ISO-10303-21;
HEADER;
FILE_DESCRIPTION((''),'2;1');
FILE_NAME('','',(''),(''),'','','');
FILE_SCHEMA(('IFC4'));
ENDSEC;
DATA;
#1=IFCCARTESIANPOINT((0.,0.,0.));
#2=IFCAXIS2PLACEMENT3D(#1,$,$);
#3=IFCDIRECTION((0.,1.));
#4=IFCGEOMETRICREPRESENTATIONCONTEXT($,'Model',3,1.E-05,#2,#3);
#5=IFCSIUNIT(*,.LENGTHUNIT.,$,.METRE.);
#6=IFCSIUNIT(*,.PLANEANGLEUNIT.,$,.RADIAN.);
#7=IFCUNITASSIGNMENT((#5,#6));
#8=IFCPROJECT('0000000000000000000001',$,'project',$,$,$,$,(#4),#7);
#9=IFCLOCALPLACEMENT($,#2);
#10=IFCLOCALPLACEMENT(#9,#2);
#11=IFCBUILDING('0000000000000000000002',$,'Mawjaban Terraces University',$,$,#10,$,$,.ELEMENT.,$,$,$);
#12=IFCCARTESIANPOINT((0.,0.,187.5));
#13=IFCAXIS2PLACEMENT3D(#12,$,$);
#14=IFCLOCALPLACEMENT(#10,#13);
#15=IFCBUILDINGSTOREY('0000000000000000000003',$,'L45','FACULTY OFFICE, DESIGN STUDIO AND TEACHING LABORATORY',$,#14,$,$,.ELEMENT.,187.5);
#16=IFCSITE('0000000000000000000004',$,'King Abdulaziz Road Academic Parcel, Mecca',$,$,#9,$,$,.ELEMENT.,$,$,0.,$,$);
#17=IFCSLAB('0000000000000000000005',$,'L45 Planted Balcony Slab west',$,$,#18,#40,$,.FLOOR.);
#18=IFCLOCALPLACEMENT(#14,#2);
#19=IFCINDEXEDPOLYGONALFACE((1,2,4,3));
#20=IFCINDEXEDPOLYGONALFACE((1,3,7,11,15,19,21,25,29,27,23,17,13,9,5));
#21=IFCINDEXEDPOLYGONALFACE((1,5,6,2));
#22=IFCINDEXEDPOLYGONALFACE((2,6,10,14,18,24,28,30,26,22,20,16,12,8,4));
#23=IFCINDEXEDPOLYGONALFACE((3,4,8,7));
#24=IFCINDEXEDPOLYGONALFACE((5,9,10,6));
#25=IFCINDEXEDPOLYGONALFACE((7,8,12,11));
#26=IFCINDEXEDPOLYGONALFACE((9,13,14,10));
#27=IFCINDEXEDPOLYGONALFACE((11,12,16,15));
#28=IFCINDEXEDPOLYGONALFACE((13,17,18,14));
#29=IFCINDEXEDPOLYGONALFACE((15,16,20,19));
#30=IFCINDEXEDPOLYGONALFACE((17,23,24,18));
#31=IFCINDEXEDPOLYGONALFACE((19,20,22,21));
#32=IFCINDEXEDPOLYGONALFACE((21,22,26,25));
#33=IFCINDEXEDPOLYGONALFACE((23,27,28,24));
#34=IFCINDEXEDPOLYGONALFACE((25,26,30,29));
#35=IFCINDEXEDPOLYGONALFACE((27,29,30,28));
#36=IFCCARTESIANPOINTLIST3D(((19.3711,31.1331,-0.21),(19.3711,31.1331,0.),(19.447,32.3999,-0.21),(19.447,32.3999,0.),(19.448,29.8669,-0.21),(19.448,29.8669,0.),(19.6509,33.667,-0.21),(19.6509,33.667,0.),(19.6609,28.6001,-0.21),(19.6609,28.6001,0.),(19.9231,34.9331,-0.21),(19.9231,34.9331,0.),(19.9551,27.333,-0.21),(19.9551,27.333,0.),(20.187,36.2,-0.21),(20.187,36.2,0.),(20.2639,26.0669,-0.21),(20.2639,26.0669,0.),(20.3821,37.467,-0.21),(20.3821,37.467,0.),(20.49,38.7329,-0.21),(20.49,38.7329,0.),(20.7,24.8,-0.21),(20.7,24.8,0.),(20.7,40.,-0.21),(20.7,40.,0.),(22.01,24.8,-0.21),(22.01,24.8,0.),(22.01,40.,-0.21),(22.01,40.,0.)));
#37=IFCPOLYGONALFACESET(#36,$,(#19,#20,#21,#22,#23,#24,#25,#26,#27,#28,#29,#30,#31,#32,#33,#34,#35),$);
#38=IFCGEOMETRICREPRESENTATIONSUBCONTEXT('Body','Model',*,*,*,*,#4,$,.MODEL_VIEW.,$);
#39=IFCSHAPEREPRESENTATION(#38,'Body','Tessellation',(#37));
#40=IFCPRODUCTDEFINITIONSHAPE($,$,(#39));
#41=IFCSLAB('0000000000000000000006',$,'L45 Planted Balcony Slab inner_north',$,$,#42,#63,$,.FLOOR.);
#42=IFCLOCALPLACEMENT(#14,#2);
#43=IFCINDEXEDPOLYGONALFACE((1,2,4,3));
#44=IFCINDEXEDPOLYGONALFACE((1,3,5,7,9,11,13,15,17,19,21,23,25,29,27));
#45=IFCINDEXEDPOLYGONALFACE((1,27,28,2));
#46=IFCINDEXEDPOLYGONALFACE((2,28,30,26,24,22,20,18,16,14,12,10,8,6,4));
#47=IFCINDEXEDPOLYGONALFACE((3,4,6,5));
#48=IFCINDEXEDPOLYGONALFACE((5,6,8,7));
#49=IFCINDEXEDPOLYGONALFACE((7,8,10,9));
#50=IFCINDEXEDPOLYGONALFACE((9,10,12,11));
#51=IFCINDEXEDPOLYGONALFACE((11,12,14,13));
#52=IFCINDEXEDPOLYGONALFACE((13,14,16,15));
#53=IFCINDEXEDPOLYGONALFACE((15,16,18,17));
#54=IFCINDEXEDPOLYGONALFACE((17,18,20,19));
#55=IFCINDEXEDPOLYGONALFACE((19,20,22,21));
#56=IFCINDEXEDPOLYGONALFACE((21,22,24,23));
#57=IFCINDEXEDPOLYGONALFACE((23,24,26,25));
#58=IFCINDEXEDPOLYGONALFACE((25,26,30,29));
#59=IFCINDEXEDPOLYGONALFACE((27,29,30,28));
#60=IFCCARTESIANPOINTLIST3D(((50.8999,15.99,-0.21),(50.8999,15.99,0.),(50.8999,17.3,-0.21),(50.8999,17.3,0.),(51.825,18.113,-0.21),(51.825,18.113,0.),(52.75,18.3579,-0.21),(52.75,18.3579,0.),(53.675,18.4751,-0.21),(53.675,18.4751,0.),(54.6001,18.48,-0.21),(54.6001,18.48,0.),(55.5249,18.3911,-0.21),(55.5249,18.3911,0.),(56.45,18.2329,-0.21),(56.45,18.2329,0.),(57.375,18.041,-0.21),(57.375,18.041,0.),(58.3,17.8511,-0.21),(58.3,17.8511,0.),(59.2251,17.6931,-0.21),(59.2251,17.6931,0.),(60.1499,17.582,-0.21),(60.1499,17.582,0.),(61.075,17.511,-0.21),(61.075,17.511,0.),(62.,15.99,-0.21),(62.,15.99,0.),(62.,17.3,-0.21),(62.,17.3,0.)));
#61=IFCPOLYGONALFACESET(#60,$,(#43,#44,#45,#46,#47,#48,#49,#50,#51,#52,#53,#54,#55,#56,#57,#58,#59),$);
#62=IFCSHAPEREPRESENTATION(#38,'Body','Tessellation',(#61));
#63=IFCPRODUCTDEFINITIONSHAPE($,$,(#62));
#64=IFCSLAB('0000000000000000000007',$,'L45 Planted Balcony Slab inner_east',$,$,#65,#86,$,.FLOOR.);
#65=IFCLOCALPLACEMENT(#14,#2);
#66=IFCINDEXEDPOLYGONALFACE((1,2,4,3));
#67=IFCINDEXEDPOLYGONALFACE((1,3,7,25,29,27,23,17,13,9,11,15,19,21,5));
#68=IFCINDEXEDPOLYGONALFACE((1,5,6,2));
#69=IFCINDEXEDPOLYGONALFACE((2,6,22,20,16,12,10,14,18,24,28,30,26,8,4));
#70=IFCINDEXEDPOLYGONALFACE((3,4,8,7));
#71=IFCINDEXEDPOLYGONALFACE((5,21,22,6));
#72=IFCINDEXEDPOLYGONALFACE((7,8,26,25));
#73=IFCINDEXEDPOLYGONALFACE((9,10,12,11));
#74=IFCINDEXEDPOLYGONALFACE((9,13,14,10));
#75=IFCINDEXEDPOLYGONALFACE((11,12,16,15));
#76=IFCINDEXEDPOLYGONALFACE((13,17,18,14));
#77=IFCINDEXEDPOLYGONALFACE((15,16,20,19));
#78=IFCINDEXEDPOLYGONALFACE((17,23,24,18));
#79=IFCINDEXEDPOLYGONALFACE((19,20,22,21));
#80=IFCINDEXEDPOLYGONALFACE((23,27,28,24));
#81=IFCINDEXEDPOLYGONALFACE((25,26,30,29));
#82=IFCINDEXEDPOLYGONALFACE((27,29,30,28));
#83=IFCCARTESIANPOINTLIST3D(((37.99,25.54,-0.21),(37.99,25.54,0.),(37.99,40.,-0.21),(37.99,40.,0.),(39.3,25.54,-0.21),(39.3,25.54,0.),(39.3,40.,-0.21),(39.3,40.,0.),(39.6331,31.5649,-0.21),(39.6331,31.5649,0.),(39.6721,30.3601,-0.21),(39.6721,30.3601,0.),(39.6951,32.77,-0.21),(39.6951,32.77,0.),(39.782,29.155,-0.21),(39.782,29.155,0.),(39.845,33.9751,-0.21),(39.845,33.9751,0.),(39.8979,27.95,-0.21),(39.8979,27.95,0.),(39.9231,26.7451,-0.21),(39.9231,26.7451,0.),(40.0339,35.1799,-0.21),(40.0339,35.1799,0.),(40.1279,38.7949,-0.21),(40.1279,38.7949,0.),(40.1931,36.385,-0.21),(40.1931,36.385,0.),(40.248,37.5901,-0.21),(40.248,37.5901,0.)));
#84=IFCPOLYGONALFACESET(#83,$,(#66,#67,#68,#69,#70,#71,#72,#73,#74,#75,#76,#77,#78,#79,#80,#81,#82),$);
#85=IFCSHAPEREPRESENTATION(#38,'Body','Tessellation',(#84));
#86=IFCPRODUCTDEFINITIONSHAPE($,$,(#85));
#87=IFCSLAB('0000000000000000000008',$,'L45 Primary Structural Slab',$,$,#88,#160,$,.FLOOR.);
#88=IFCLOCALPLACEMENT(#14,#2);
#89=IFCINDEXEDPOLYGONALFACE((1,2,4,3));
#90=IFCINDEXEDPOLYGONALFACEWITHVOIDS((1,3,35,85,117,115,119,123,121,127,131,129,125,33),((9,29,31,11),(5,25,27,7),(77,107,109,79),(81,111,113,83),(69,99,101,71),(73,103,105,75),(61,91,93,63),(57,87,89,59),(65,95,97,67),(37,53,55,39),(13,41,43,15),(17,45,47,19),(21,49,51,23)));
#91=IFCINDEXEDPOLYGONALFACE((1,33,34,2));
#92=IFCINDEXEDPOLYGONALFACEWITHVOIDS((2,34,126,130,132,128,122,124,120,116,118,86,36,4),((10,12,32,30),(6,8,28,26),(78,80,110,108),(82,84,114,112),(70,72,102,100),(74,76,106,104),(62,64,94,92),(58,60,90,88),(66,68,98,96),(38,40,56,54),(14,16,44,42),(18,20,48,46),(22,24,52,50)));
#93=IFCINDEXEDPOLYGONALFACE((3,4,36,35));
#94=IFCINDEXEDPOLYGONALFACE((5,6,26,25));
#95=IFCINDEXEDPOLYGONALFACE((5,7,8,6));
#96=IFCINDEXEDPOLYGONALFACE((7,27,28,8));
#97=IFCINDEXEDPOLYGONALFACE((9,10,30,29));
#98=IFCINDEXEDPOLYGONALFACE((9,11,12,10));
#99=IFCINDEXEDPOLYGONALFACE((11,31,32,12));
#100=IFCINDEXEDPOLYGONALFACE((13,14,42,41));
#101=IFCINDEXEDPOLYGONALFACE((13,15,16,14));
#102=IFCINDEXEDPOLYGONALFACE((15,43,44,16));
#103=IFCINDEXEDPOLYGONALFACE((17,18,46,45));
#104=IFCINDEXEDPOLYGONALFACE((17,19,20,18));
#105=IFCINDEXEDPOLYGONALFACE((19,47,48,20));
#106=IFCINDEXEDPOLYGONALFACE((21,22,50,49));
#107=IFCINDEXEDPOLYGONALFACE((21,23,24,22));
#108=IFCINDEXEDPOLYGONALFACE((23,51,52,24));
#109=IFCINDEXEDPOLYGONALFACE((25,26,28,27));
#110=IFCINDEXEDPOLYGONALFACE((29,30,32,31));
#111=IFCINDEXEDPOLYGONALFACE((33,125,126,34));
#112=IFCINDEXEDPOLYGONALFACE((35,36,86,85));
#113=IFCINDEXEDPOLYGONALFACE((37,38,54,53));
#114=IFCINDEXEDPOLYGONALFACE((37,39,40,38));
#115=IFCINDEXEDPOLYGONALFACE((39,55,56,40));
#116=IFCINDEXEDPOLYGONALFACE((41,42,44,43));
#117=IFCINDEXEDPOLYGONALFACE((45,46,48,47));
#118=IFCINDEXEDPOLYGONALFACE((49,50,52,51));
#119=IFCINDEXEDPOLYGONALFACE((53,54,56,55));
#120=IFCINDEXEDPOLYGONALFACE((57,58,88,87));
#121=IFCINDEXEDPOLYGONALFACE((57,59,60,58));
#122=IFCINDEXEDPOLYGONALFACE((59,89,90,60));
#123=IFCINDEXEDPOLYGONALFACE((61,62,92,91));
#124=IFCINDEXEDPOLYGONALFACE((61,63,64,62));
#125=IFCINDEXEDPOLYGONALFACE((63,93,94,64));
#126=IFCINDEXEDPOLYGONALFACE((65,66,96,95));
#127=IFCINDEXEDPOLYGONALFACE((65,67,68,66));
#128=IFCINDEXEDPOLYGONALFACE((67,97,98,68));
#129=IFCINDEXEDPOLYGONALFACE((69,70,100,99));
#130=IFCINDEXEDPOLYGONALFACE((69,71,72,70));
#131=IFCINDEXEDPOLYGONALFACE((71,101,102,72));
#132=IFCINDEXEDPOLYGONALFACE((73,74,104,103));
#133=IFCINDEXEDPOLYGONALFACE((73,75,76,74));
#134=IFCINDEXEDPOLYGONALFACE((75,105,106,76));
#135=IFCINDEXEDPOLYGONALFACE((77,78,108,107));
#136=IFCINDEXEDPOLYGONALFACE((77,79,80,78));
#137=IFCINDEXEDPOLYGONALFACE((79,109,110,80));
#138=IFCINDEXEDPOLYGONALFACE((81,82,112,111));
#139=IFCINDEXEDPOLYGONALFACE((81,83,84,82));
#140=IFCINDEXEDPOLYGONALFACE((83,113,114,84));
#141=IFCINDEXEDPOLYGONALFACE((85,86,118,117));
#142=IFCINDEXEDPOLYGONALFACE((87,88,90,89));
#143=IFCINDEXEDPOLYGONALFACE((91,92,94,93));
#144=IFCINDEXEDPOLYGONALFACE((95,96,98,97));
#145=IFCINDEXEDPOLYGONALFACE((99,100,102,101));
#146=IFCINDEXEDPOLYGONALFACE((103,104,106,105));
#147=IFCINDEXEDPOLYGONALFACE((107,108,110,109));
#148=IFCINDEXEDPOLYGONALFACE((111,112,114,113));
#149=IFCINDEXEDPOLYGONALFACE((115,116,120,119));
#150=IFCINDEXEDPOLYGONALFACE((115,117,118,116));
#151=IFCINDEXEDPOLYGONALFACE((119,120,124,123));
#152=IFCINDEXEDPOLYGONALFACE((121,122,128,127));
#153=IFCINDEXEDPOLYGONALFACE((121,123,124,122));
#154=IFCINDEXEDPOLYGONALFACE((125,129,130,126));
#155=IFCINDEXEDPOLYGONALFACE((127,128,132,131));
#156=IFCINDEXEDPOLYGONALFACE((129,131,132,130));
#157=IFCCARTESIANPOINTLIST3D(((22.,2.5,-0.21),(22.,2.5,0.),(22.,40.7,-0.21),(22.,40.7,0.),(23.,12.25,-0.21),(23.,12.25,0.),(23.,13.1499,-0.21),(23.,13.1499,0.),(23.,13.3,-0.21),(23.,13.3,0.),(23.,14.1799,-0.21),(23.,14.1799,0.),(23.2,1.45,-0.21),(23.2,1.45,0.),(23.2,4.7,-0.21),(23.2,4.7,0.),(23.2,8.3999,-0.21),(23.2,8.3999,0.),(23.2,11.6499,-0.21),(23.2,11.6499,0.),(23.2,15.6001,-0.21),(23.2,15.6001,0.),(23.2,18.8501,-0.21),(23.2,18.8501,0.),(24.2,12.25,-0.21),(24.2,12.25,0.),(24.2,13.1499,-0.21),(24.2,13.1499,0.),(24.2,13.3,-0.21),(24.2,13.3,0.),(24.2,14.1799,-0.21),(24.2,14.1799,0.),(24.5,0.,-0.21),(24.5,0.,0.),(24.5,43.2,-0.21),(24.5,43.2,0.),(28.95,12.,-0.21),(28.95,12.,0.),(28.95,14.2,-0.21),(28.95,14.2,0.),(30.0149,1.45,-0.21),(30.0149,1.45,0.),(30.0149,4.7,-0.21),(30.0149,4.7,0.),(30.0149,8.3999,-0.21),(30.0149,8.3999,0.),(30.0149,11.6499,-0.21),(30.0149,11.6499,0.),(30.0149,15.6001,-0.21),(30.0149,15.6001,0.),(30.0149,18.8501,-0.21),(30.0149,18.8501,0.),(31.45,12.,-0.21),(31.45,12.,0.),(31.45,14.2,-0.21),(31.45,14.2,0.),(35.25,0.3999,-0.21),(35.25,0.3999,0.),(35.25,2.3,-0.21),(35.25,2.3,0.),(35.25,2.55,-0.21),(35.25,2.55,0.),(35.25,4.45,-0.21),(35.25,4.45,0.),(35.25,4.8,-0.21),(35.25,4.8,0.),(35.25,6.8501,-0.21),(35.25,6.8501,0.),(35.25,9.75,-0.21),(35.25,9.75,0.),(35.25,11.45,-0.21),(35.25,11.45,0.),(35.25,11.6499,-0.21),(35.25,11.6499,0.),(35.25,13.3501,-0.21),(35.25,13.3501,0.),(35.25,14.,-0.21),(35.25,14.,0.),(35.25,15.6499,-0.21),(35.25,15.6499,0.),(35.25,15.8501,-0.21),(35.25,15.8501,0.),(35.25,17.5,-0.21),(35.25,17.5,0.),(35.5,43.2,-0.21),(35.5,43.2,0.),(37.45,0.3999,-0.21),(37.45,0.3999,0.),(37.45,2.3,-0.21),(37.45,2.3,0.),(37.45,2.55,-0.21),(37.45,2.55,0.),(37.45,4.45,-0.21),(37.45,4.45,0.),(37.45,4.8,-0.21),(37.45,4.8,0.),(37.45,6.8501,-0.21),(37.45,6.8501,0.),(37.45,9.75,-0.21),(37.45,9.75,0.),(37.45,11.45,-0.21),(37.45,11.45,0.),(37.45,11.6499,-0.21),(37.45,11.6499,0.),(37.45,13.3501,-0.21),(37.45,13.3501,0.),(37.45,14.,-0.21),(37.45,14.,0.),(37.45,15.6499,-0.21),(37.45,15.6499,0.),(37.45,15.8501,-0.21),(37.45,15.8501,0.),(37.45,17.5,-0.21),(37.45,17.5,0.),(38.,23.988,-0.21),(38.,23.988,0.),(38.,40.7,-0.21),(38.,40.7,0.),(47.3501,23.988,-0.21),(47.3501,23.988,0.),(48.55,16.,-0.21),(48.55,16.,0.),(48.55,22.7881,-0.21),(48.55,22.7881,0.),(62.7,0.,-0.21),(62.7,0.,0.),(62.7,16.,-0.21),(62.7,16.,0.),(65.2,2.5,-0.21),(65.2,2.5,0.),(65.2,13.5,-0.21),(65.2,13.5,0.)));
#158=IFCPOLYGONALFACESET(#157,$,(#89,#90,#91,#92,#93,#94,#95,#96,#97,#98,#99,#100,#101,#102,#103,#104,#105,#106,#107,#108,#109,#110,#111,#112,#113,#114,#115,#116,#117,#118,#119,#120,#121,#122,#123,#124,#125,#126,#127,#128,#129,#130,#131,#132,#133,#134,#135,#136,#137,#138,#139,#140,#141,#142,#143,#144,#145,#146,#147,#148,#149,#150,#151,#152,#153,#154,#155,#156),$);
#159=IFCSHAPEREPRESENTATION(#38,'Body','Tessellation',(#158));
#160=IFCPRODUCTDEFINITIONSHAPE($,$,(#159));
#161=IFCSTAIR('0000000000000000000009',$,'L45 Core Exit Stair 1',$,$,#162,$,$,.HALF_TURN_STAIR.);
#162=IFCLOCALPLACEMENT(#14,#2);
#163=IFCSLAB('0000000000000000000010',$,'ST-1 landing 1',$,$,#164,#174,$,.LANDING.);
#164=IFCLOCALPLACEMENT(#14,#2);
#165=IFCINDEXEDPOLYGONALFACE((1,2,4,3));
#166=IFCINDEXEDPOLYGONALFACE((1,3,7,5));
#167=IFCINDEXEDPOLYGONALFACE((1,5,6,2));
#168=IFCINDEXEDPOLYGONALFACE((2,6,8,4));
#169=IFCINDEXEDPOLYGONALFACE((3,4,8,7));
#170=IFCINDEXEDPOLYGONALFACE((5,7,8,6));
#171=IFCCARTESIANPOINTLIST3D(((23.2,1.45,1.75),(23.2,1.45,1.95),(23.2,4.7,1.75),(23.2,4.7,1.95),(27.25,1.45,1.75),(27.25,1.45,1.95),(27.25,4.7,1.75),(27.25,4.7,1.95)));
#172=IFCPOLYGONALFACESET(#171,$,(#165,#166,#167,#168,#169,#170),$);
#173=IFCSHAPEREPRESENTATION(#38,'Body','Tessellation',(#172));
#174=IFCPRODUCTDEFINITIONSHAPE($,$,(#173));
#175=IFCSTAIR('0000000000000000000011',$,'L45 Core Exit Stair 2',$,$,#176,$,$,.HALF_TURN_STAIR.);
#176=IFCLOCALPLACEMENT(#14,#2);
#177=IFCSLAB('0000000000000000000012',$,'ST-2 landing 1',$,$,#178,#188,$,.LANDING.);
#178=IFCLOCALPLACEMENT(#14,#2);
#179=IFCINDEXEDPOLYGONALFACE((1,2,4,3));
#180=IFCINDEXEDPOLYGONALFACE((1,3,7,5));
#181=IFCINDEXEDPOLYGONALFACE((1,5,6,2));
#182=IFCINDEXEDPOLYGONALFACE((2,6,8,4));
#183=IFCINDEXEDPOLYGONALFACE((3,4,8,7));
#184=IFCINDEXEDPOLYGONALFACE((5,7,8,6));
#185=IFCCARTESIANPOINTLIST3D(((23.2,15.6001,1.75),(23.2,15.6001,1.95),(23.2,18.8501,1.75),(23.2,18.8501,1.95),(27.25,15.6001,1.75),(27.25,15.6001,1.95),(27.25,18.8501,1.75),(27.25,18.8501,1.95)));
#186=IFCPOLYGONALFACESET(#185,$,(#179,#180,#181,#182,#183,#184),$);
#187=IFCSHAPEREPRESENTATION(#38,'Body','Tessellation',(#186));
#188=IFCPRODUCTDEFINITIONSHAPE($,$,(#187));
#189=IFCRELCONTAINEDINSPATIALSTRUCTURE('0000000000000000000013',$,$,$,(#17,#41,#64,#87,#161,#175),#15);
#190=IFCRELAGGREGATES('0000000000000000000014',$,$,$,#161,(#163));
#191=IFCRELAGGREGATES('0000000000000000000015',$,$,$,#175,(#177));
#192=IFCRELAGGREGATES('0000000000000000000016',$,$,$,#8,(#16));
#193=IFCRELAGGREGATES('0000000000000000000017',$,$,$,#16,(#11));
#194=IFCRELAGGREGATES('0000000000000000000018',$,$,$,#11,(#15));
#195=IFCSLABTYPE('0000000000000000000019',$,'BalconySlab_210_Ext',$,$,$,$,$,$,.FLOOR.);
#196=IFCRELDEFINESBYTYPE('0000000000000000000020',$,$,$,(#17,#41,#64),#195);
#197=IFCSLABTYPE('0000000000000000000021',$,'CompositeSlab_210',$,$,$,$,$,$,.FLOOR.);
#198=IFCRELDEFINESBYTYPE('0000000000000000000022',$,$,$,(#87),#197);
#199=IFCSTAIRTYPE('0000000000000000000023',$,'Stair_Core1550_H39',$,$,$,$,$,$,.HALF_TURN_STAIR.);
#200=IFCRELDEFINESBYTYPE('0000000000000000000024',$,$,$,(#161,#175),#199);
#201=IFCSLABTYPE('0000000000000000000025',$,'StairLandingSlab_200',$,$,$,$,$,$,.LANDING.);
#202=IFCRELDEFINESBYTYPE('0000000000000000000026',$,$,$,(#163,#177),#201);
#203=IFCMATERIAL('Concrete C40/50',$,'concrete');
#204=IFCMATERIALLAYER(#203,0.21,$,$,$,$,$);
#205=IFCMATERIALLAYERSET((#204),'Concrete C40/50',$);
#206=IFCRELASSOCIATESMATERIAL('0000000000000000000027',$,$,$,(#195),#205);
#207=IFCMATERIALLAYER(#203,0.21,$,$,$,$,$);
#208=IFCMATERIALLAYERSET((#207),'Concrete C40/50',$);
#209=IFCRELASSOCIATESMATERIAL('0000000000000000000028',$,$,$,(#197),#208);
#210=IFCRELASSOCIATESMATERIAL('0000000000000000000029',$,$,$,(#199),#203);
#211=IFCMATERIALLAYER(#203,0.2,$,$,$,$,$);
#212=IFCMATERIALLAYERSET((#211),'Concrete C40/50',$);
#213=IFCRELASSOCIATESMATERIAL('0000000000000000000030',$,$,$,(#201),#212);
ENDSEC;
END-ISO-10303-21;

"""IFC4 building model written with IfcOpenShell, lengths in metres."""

from ifc_helpers import new_model, si_unit, direction, frame, origin, place, context, subcontext, project, spatial, polyline, outline, extrude, material, layer, layer_set, type_object, element, aggregate, save


model = new_model("IFC4")

# Units and contexts
model_context = context("Model", 3, precision=1e-05, world=origin(), true_north=direction((0.0, 1.0)))
body_context = subcontext(model_context, "Body", "Model", "MODEL_VIEW")
ifc_project = project(units=[si_unit("LENGTHUNIT", "METRE"), si_unit("PLANEANGLEUNIT", "RADIAN")], contexts=[model_context])

# Site, building, storey
site_placement = place(None, origin())
site = spatial("IfcSite", under=ifc_project, at=site_placement, Name="King Abdulaziz Road Academic Parcel, Mecca", CompositionType="ELEMENT", RefElevation=0.0)
building_placement = place(site_placement, origin())
building = spatial("IfcBuilding", under=site, at=building_placement, Name="Mawjaban Terraces University", CompositionType="ELEMENT")
storey_placement = place(building_placement, frame((0.0, 0.0, 187.5)))
storey = spatial("IfcBuildingStorey", under=building, at=storey_placement, Name="L45", Description="FACULTY OFFICE, DESIGN STUDIO AND TEACHING LABORATORY", CompositionType="ELEMENT", Elevation=187.5)

# Slabs
ifc_material_1 = material(Name="Concrete C40/50", Category="concrete")
ifc_layer_1 = layer(ifc_material_1, 0.21)
ifc_layer_set_1 = layer_set([ifc_layer_1], Name="Concrete C40/50")
slab_type_1 = type_object("IfcSlabType", Name="BalconySlab_210_Ext", PredefinedType="FLOOR", material=ifc_layer_set_1)
slab_1_placement = place(storey_placement, frame((0.0, 0.0, -0.21)))
element("IfcSlab", 1, at=slab_1_placement, inside=storey, type_object=slab_type_1, Name="L45 Planted Balcony Slab west", PredefinedType="FLOOR", context=body_context, shape_type="SweptSolid", body=[
    extrude(outline(polyline([(22.01, 24.8), (22.01, 40.0), (20.7, 40.0), (20.49, 38.7329), (20.3821, 37.467), (20.187, 36.2), (19.9231, 34.9331), (19.6509, 33.667), (19.447, 32.3999), (19.3711, 31.1331), (19.448, 29.8669), (19.6609, 28.6001), (19.9551, 27.333), (20.2639, 26.0669), (20.7, 24.8), (22.01, 24.8)])), origin(), (0.0, 0.0, 1.0), 0.21),
])
slab_2_placement = place(storey_placement, frame((0.0, 0.0, -0.21)))
element("IfcSlab", 2, at=slab_2_placement, inside=storey, type_object=slab_type_1, Name="L45 Planted Balcony Slab inner_north", PredefinedType="FLOOR", context=body_context, shape_type="SweptSolid", body=[
    extrude(outline(polyline([(50.8999, 15.99), (62.0, 15.99), (62.0, 17.3), (61.075, 17.511), (60.1499, 17.582), (59.2251, 17.6931), (58.3, 17.8511), (57.375, 18.041), (56.45, 18.2329), (55.5249, 18.3911), (54.6001, 18.48), (53.675, 18.4751), (52.75, 18.3579), (51.825, 18.113), (50.8999, 17.3), (50.8999, 15.99)])), origin(), (0.0, 0.0, 1.0), 0.21),
])
slab_3_placement = place(storey_placement, frame((0.0, 0.0, -0.21)))
element("IfcSlab", 3, at=slab_3_placement, inside=storey, type_object=slab_type_1, Name="L45 Planted Balcony Slab inner_east", PredefinedType="FLOOR", context=body_context, shape_type="SweptSolid", body=[
    extrude(outline(polyline([(39.3, 25.54), (39.9231, 26.7451), (39.8979, 27.95), (39.782, 29.155), (39.6721, 30.3601), (39.6331, 31.5649), (39.6951, 32.77), (39.845, 33.9751), (40.0339, 35.1799), (40.1931, 36.385), (40.248, 37.5901), (40.1279, 38.7949), (39.3, 40.0), (37.99, 40.0), (37.99, 25.54), (39.3, 25.54)])), origin(), (0.0, 0.0, 1.0), 0.21),
])
ifc_layer_2 = layer(ifc_material_1, 0.21)
ifc_layer_set_2 = layer_set([ifc_layer_2], Name="Concrete C40/50")
slab_type_2 = type_object("IfcSlabType", Name="CompositeSlab_210", PredefinedType="FLOOR", material=ifc_layer_set_2)
slab_4_placement = place(storey_placement, frame((0.0, 0.0, -0.21)))
element("IfcSlab", 4, at=slab_4_placement, inside=storey, type_object=slab_type_2, Name="L45 Primary Structural Slab", PredefinedType="FLOOR", context=body_context, shape_type="SweptSolid", body=[
    extrude(outline(polyline([(24.5, 0.0), (62.7, 0.0), (65.2, 2.5), (65.2, 13.5), (62.7, 16.0), (48.55, 16.0), (48.55, 22.7881), (47.3501, 23.988), (38.0, 23.988), (38.0, 40.7), (35.5, 43.2), (24.5, 43.2), (22.0, 40.7), (22.0, 2.5), (24.5, 0.0)]), holes=[polyline([(30.0149, 4.7), (23.2, 4.7), (23.2, 1.45), (30.0149, 1.45), (30.0149, 4.7)]), polyline([(30.0149, 18.8501), (23.2, 18.8501), (23.2, 15.6001), (30.0149, 15.6001), (30.0149, 18.8501)]), polyline([(30.0149, 11.6499), (23.2, 11.6499), (23.2, 8.3999), (30.0149, 8.3999), (30.0149, 11.6499)]), polyline([(35.25, 0.3999), (37.45, 0.3999), (37.45, 2.3), (35.25, 2.3), (35.25, 0.3999)]), polyline([(35.25, 2.55), (37.45, 2.55), (37.45, 4.45), (35.25, 4.45), (35.25, 2.55)]), polyline([(35.25, 4.8), (37.45, 4.8), (37.45, 6.8501), (35.25, 6.8501), (35.25, 4.8)]), polyline([(35.25, 9.75), (37.45, 9.75), (37.45, 11.45), (35.25, 11.45), (35.25, 9.75)]), polyline([(35.25, 11.6499), (37.45, 11.6499), (37.45, 13.3501), (35.25, 13.3501), (35.25, 11.6499)]), polyline([(28.95, 12.0), (31.45, 12.0), (31.45, 14.2), (28.95, 14.2), (28.95, 12.0)]), polyline([(35.25, 14.0), (37.45, 14.0), (37.45, 15.6499), (35.25, 15.6499), (35.25, 14.0)]), polyline([(35.25, 15.8501), (37.45, 15.8501), (37.45, 17.5), (35.25, 17.5), (35.25, 15.8501)]), polyline([(23.0, 12.25), (24.2, 12.25), (24.2, 13.1499), (23.0, 13.1499), (23.0, 12.25)]), polyline([(23.0, 13.3), (24.2, 13.3), (24.2, 14.1799), (23.0, 14.1799), (23.0, 13.3)])]), origin(), (0.0, 0.0, 1.0), 0.21),
])

# Stairs, slabs
stair_type = type_object("IfcStairType", Name="Stair_Core1550_H39", PredefinedType="HALF_TURN_STAIR", material=ifc_material_1)
stair_1_placement = place(storey_placement, origin())
stair_1 = element("IfcStair", 5, at=stair_1_placement, inside=storey, type_object=stair_type, Name="L45 Core Exit Stair 1", PredefinedType="HALF_TURN_STAIR")
ifc_layer_3 = layer(ifc_material_1, 0.2)
ifc_layer_set_3 = layer_set([ifc_layer_3], Name="Concrete C40/50")
slab_type_3 = type_object("IfcSlabType", Name="StairLandingSlab_200", PredefinedType="LANDING", material=ifc_layer_set_3)
slab_5_placement = place(storey_placement, frame((0.0, 0.0, 1.75)))
slab_5 = element("IfcSlab", 6, at=slab_5_placement, type_object=slab_type_3, Name="ST-1 landing 1", PredefinedType="LANDING", context=body_context, shape_type="SweptSolid", body=[
    extrude(outline(polyline([(27.25, 4.7), (23.2, 4.7), (23.2, 1.45), (27.25, 1.45), (27.25, 4.7)])), origin(), (0.0, 0.0, 1.0), 0.2),
])
aggregate(stair_1, [slab_5])
stair_2_placement = place(storey_placement, origin())
stair_2 = element("IfcStair", 7, at=stair_2_placement, inside=storey, type_object=stair_type, Name="L45 Core Exit Stair 2", PredefinedType="HALF_TURN_STAIR")
slab_6_placement = place(storey_placement, frame((0.0, 0.0, 1.75)))
slab_6 = element("IfcSlab", 8, at=slab_6_placement, type_object=slab_type_3, Name="ST-2 landing 1", PredefinedType="LANDING", context=body_context, shape_type="SweptSolid", body=[
    extrude(outline(polyline([(27.25, 18.8501), (23.2, 18.8501), (23.2, 15.6001), (27.25, 15.6001), (27.25, 18.8501)])), origin(), (0.0, 0.0, 1.0), 0.2),
])
aggregate(stair_2, [slab_6])

save(model, "model.ifc")
